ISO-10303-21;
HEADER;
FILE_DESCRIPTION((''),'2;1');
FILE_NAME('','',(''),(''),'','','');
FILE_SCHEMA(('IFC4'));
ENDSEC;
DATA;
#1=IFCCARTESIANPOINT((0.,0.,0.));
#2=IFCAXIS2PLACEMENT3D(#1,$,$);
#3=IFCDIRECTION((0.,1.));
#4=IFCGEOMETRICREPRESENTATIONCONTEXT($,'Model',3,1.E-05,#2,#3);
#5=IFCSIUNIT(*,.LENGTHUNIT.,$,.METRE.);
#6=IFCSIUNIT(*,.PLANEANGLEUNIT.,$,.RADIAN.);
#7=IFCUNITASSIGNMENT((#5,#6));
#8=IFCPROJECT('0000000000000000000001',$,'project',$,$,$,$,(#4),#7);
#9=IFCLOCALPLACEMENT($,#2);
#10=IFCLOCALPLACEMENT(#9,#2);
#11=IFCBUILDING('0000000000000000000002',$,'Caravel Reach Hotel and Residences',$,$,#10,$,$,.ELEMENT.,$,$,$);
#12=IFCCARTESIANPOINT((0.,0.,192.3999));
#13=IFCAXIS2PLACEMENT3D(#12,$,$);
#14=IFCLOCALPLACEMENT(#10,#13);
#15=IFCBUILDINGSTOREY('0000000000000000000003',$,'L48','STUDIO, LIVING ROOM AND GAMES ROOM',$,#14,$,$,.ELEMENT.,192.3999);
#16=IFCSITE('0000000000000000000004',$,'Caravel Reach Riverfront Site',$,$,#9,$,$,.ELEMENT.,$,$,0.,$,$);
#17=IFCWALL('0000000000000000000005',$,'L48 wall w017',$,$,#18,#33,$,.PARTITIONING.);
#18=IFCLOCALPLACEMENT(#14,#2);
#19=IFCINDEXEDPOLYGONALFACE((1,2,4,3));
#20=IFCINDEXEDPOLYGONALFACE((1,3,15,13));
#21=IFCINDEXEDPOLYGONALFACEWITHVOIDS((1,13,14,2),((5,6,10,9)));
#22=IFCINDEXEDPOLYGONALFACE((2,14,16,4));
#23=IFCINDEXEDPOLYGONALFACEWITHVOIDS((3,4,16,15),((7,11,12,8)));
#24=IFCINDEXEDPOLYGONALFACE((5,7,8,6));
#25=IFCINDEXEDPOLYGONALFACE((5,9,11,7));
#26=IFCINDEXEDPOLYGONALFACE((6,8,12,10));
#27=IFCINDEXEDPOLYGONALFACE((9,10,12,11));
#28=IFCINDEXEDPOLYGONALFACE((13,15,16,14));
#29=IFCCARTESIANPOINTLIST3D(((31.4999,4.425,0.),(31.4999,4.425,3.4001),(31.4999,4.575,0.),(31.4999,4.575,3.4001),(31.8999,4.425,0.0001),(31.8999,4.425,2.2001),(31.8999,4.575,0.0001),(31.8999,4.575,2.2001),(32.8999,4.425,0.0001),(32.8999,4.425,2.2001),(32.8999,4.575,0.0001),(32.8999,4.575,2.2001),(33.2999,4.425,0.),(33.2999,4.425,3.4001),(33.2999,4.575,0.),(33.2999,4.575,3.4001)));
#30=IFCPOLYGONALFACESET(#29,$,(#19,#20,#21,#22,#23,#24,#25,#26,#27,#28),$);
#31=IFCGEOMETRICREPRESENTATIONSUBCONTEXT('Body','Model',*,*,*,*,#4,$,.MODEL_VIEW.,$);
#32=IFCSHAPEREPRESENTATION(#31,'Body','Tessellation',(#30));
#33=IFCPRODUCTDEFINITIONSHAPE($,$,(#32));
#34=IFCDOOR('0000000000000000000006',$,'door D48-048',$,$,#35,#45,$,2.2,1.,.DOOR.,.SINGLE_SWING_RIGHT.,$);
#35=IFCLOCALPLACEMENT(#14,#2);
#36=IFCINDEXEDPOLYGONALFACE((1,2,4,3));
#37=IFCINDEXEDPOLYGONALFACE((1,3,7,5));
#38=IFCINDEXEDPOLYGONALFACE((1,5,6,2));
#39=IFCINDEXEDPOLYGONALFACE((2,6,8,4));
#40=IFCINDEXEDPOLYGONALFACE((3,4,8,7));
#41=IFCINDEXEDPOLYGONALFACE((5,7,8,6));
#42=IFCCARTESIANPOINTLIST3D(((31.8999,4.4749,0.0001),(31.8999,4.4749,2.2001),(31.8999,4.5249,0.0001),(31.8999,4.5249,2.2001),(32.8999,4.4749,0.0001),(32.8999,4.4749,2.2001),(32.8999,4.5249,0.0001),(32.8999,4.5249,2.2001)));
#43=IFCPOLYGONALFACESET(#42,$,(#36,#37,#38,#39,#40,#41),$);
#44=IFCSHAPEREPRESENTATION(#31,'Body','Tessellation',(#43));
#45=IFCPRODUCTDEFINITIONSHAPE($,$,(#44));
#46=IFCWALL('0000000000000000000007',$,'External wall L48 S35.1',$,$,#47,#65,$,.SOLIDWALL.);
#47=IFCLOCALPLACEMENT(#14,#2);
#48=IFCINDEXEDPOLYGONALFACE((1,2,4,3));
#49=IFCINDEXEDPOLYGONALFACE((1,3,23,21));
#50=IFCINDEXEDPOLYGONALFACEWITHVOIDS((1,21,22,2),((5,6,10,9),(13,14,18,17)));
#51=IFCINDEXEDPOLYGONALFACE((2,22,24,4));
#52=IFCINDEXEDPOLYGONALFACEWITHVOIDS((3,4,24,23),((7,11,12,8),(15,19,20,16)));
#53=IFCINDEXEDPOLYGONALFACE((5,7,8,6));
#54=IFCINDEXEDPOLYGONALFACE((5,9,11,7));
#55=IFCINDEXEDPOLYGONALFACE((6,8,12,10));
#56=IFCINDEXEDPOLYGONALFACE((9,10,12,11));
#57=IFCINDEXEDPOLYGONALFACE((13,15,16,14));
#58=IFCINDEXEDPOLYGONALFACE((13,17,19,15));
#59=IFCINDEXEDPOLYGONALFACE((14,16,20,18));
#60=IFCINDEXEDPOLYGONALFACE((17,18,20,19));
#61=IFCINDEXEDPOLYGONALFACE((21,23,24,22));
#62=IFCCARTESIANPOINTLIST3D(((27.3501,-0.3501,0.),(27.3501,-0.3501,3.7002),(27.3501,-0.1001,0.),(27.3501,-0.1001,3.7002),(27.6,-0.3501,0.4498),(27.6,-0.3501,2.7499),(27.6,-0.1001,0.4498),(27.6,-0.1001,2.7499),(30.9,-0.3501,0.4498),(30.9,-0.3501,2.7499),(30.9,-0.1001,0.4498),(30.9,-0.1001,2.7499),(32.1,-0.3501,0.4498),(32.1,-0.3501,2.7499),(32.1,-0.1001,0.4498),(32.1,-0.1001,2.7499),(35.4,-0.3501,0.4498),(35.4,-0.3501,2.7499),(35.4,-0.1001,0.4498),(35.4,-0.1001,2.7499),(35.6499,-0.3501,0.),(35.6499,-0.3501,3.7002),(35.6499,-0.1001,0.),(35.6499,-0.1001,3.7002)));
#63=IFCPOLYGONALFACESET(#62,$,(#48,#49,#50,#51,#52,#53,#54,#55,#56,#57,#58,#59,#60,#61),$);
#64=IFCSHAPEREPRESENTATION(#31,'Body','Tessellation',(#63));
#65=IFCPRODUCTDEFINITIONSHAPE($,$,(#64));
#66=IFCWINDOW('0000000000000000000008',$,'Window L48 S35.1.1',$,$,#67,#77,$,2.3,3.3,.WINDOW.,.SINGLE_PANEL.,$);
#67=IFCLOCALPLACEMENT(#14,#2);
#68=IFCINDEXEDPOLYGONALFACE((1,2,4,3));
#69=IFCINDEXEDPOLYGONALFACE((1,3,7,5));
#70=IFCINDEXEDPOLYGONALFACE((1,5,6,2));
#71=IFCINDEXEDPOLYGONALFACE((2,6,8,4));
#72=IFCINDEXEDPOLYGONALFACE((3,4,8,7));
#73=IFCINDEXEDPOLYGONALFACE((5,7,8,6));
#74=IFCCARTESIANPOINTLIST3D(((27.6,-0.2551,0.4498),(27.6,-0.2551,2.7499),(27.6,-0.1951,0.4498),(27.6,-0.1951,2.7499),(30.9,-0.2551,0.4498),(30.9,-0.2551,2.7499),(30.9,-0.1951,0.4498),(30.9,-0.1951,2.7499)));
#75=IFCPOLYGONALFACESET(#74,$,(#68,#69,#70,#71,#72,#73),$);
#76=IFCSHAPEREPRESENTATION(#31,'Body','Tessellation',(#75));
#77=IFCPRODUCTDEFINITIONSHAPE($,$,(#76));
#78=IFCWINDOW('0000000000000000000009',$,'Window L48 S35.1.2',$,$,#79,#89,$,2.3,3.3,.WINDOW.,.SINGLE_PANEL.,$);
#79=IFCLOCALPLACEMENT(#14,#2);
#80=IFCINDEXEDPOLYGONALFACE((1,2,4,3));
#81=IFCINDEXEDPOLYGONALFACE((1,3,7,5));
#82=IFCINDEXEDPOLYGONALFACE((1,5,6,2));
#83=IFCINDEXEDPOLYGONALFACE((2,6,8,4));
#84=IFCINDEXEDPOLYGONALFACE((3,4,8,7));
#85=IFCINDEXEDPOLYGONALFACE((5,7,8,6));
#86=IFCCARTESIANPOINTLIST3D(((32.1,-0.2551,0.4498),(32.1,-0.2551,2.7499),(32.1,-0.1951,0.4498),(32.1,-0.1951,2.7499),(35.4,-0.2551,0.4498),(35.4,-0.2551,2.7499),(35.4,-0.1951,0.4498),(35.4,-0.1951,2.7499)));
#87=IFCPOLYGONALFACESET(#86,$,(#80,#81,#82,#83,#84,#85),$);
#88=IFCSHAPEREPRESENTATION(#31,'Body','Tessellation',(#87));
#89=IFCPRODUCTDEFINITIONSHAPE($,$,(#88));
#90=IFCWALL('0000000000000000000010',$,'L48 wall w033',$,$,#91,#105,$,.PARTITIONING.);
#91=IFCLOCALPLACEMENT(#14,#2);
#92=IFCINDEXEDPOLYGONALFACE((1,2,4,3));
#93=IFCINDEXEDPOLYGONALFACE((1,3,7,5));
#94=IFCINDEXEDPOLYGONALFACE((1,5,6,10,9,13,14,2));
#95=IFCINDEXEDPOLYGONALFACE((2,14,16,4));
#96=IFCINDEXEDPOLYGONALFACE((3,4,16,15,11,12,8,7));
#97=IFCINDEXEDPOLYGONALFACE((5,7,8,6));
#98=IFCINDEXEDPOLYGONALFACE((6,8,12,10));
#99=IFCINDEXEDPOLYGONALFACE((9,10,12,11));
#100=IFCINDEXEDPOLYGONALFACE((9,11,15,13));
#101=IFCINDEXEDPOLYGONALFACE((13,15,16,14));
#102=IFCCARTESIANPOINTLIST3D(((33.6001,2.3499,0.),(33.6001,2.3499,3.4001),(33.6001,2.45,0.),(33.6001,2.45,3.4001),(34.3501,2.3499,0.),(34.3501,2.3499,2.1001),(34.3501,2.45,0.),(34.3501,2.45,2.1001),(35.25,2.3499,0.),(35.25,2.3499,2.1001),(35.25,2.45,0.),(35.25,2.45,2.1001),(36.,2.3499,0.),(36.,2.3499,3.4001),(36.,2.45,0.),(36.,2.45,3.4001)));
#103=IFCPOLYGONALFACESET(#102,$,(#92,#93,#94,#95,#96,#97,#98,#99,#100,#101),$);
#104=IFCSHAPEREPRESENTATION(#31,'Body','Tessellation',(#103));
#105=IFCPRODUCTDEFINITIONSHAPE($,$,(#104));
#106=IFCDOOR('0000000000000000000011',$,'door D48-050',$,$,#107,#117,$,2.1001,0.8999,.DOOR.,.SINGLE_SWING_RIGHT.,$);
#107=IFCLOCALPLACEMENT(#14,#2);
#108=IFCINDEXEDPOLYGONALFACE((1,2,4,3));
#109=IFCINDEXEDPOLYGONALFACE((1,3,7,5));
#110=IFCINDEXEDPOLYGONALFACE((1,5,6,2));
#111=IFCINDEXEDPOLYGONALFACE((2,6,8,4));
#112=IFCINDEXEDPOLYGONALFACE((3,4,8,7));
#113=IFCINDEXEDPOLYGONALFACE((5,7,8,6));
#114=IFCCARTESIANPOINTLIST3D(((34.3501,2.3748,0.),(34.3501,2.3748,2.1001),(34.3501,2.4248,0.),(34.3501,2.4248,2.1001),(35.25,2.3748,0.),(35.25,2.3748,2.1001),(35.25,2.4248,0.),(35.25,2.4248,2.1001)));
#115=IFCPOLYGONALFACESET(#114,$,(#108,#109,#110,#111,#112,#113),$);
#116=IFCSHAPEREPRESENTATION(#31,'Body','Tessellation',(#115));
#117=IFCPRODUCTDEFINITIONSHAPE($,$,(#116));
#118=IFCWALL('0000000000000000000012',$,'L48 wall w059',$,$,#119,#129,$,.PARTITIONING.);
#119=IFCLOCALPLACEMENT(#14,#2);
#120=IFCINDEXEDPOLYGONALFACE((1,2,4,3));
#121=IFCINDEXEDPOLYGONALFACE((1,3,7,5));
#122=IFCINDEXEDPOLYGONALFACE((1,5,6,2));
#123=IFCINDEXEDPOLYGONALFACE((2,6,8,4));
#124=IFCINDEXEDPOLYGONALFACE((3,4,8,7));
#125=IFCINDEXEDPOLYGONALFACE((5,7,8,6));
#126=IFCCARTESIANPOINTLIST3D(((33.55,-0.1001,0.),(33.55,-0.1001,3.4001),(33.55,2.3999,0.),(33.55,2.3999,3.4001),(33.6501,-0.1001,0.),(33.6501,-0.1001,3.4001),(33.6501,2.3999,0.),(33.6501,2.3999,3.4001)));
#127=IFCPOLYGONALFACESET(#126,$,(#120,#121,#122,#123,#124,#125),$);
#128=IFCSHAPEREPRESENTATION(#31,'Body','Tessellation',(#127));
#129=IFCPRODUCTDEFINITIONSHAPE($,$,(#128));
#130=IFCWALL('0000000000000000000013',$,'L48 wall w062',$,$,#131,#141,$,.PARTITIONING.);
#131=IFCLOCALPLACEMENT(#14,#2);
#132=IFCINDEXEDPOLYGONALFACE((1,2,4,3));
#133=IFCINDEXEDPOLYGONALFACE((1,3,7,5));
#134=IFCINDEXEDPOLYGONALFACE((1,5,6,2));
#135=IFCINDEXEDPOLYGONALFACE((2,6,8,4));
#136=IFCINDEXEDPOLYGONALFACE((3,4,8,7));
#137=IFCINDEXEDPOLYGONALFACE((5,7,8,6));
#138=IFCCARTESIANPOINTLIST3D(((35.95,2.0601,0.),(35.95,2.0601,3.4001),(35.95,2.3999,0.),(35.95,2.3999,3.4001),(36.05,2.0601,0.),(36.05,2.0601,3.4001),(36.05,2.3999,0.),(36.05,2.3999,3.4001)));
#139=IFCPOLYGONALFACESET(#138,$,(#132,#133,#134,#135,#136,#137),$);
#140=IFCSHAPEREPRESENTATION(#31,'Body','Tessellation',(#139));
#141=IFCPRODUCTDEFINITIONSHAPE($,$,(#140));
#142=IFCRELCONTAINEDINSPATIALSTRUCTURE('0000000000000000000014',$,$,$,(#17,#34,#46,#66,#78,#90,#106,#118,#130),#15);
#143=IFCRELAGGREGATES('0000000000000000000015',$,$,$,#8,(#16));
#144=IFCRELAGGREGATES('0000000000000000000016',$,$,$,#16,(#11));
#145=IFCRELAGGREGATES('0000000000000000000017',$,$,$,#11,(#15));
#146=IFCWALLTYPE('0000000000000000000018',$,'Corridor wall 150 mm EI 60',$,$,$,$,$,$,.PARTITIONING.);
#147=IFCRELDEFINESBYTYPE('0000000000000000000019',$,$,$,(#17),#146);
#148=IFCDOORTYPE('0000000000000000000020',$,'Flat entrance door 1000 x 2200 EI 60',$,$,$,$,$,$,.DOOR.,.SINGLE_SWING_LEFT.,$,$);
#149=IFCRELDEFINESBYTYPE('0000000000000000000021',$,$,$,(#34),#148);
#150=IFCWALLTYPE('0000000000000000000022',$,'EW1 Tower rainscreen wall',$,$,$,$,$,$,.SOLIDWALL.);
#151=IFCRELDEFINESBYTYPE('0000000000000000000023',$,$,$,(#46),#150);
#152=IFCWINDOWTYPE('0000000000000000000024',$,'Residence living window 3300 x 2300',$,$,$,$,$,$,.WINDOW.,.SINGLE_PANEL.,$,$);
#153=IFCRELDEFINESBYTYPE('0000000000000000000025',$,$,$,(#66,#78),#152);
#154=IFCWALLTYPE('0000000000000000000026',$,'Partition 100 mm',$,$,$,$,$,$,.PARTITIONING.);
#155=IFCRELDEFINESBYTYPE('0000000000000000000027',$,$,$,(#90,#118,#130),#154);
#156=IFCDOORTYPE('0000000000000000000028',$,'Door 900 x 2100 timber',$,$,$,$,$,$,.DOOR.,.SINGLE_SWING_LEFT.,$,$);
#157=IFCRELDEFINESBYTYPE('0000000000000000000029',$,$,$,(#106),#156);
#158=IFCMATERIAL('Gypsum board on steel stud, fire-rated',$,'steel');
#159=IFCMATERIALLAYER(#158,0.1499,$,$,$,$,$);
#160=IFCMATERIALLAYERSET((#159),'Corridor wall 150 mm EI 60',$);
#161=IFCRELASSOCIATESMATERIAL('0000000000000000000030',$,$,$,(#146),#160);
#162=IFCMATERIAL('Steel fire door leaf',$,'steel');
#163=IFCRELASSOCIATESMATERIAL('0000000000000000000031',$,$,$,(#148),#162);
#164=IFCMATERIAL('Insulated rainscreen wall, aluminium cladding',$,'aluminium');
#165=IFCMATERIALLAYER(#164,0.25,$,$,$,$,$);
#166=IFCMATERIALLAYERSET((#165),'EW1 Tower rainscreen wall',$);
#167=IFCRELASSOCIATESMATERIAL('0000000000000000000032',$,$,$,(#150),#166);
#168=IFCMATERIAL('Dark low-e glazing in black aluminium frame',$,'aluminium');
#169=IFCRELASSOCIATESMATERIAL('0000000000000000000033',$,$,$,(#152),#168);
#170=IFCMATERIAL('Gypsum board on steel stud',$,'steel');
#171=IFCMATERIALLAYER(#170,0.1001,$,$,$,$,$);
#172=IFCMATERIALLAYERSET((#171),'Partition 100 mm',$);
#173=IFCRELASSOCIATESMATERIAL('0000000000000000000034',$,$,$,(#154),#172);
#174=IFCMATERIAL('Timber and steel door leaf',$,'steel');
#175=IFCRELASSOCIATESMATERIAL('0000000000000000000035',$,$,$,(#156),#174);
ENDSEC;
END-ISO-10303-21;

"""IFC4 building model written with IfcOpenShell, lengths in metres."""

from ifc_helpers import new_model, si_unit, direction, frame, frame_2d, origin, place, context, subcontext, project, spatial, rectangle, extrude, material, layer, layer_set, type_object, element, fill, save


model = new_model("IFC4")

# Units and contexts
model_context = context("Model", 3, precision=1e-05, world=origin(), true_north=direction((0.0, 1.0)))
body_context = subcontext(model_context, "Body", "Model", "MODEL_VIEW")
ifc_project = project(units=[si_unit("LENGTHUNIT", "METRE"), si_unit("PLANEANGLEUNIT", "RADIAN")], contexts=[model_context])

# Site, building, storey
site_placement = place(None, origin())
site = spatial("IfcSite", under=ifc_project, at=site_placement, Name="Caravel Reach Riverfront Site", CompositionType="ELEMENT", RefElevation=0.0)
building_placement = place(site_placement, origin())
building = spatial("IfcBuilding", under=site, at=building_placement, Name="Caravel Reach Hotel and Residences", CompositionType="ELEMENT")
storey_placement = place(building_placement, frame((0.0, 0.0, 192.3999)))
storey = spatial("IfcBuildingStorey", under=building, at=storey_placement, Name="L48", Description="STUDIO, LIVING ROOM AND GAMES ROOM", CompositionType="ELEMENT", Elevation=192.3999)

# Wall, opening, door
ifc_material_1 = material(Name="Gypsum board on steel stud, fire-rated", Category="steel")
ifc_layer_1 = layer(ifc_material_1, 0.1499)
ifc_layer_set_1 = layer_set([ifc_layer_1], Name="Corridor wall 150 mm EI 60")
wall_type_1 = type_object("IfcWallType", Name="Corridor wall 150 mm EI 60", PredefinedType="PARTITIONING", material=ifc_layer_set_1)
wall_1_placement = place(storey_placement, frame((31.5, 4.5, 0.0), z_axis=(0.0, 0.0, 1.0), x_axis=(1.0, 0.0, 0.0)))
wall_1 = element("IfcWall", 1, at=wall_1_placement, inside=storey, type_object=wall_type_1, Name="L48 wall w017", PredefinedType="PARTITIONING", context=body_context, shape_type="SweptSolid", body=[
    extrude(rectangle(XDim=1.8, YDim=0.1499, at=frame_2d((0.8999, 0.0))), origin(), (0.0, 0.0, 1.0), 3.4001),
])
opening_1_placement = place(wall_1_placement, frame((0.3999, 0.0, 0.0)))
opening_1 = element("IfcOpeningElement", 2, at=opening_1_placement, cuts=wall_1, PredefinedType="OPENING", context=body_context, shape_type="SweptSolid", body=[
    extrude(rectangle(XDim=1.0, YDim=2.2, at=frame_2d((0.5, 1.1001))), frame((0.0, 0.085, 0.0), z_axis=(0.0, -1.0, 0.0), x_axis=(1.0, 0.0, 0.0)), (0.0, 0.0, 1.0), 0.1699),
])
ifc_material_2 = material(Name="Steel fire door leaf", Category="steel")
door_type_1 = type_object("IfcDoorType", Name="Flat entrance door 1000 x 2200 EI 60", OperationType="SINGLE_SWING_LEFT", PredefinedType="DOOR", material=ifc_material_2)
door_1_placement = place(opening_1_placement, origin())
door_1 = element("IfcDoor", 3, at=door_1_placement, inside=storey, type_object=door_type_1, Name="door D48-048", OperationType="SINGLE_SWING_RIGHT", OverallHeight=2.2, OverallWidth=1.0, PredefinedType="DOOR", context=body_context, shape_type="SweptSolid", body=[
    extrude(rectangle(XDim=1.0, YDim=2.2, at=frame_2d((0.5, 1.1001))), frame((0.0, 0.0249, 0.0), z_axis=(0.0, -1.0, 0.0), x_axis=(1.0, 0.0, 0.0)), (0.0, 0.0, 1.0), 0.05),
])
fill(opening_1, door_1)

# Wall, openings, windows
ifc_material_3 = material(Name="Insulated rainscreen wall, aluminium cladding", Category="aluminium")
ifc_layer_2 = layer(ifc_material_3, 0.25)
ifc_layer_set_2 = layer_set([ifc_layer_2], Name="EW1 Tower rainscreen wall")
wall_type_2 = type_object("IfcWallType", Name="EW1 Tower rainscreen wall", PredefinedType="SOLIDWALL", material=ifc_layer_set_2)
wall_2_placement = place(storey_placement, frame((27.3501, -0.2251, 0.0), z_axis=(0.0, 0.0, 1.0), x_axis=(1.0, 0.0, 0.0)))
wall_2 = element("IfcWall", 4, at=wall_2_placement, inside=storey, type_object=wall_type_2, Name="External wall L48 S35.1", PredefinedType="SOLIDWALL", context=body_context, shape_type="SweptSolid", body=[
    extrude(rectangle(XDim=8.2998, YDim=0.25, at=frame_2d((4.1499, 0.0))), origin(), (0.0, 0.0, 1.0), 3.7002),
])
opening_2_placement = place(wall_2_placement, frame((0.25, 0.0, 0.45)))
opening_2 = element("IfcOpeningElement", 5, at=opening_2_placement, cuts=wall_2, PredefinedType="OPENING", context=body_context, shape_type="SweptSolid", body=[
    extrude(rectangle(XDim=3.3, YDim=2.3, at=frame_2d((1.6499, 1.1499))), frame((0.0, 0.135, 0.0), z_axis=(0.0, -1.0, 0.0), x_axis=(1.0, 0.0, 0.0)), (0.0, 0.0, 1.0), 0.27),
])
opening_3_placement = place(wall_2_placement, frame((4.75, 0.0, 0.45)))
opening_3 = element("IfcOpeningElement", 6, at=opening_3_placement, cuts=wall_2, PredefinedType="OPENING", context=body_context, shape_type="SweptSolid", body=[
    extrude(rectangle(XDim=3.3, YDim=2.3, at=frame_2d((1.6499, 1.1499))), frame((0.0, 0.135, 0.0), z_axis=(0.0, -1.0, 0.0), x_axis=(1.0, 0.0, 0.0)), (0.0, 0.0, 1.0), 0.27),
])
ifc_material_4 = material(Name="Dark low-e glazing in black aluminium frame", Category="aluminium")
window_type = type_object("IfcWindowType", Name="Residence living window 3300 x 2300", PartitioningType="SINGLE_PANEL", PredefinedType="WINDOW", material=ifc_material_4)
window_1_placement = place(opening_2_placement, origin())
window_1 = element("IfcWindow", 7, at=window_1_placement, inside=storey, type_object=window_type, Name="Window L48 S35.1.1", OverallHeight=2.3, OverallWidth=3.3, PartitioningType="SINGLE_PANEL", PredefinedType="WINDOW", context=body_context, shape_type="SweptSolid", body=[
    extrude(rectangle(XDim=3.3, YDim=2.3, at=frame_2d((1.6499, 1.1499))), frame((0.0, 0.03, 0.0), z_axis=(0.0, -1.0, 0.0), x_axis=(1.0, 0.0, 0.0)), (0.0, 0.0, 1.0), 0.0601),
])
fill(opening_2, window_1)
window_2_placement = place(opening_3_placement, origin())
window_2 = element("IfcWindow", 8, at=window_2_placement, inside=storey, type_object=window_type, Name="Window L48 S35.1.2", OverallHeight=2.3, OverallWidth=3.3, PartitioningType="SINGLE_PANEL", PredefinedType="WINDOW", context=body_context, shape_type="SweptSolid", body=[
    extrude(rectangle(XDim=3.3, YDim=2.3, at=frame_2d((1.6499, 1.1499))), frame((0.0, 0.03, 0.0), z_axis=(0.0, -1.0, 0.0), x_axis=(1.0, 0.0, 0.0)), (0.0, 0.0, 1.0), 0.0601),
])
fill(opening_3, window_2)

# Wall, opening, door
ifc_material_5 = material(Name="Gypsum board on steel stud", Category="steel")
ifc_layer_3 = layer(ifc_material_5, 0.1001)
ifc_layer_set_3 = layer_set([ifc_layer_3], Name="Partition 100 mm")
wall_type_3 = type_object("IfcWallType", Name="Partition 100 mm", PredefinedType="PARTITIONING", material=ifc_layer_set_3)
wall_3_placement = place(storey_placement, frame((33.6001, 2.3999, 0.0), z_axis=(0.0, 0.0, 1.0), x_axis=(1.0, 0.0, 0.0)))
wall_3 = element("IfcWall", 9, at=wall_3_placement, inside=storey, type_object=wall_type_3, Name="L48 wall w033", PredefinedType="PARTITIONING", context=body_context, shape_type="SweptSolid", body=[
    extrude(rectangle(XDim=2.3999, YDim=0.1001, at=frame_2d((1.2, 0.0))), origin(), (0.0, 0.0, 1.0), 3.4001),
])
opening_4_placement = place(wall_3_placement, frame((0.75, 0.0, 0.0)))
opening_4 = element("IfcOpeningElement", 10, at=opening_4_placement, cuts=wall_3, PredefinedType="OPENING", context=body_context, shape_type="SweptSolid", body=[
    extrude(rectangle(XDim=0.8999, YDim=2.1001, at=frame_2d((0.45, 1.05))), frame((0.0, 0.0601, 0.0), z_axis=(0.0, -1.0, 0.0), x_axis=(1.0, 0.0, 0.0)), (0.0, 0.0, 1.0), 0.1201),
])
ifc_material_6 = material(Name="Timber and steel door leaf", Category="steel")
door_type_2 = type_object("IfcDoorType", Name="Door 900 x 2100 timber", OperationType="SINGLE_SWING_LEFT", PredefinedType="DOOR", material=ifc_material_6)
door_2_placement = place(opening_4_placement, origin())
door_2 = element("IfcDoor", 11, at=door_2_placement, inside=storey, type_object=door_type_2, Name="door D48-050", OperationType="SINGLE_SWING_RIGHT", OverallHeight=2.1001, OverallWidth=0.8999, PredefinedType="DOOR", context=body_context, shape_type="SweptSolid", body=[
    extrude(rectangle(XDim=0.8999, YDim=2.1001, at=frame_2d((0.45, 1.05))), frame((0.0, 0.0249, 0.0), z_axis=(0.0, -1.0, 0.0), x_axis=(1.0, 0.0, 0.0)), (0.0, 0.0, 1.0), 0.05),
])
fill(opening_4, door_2)

# Walls
wall_4_placement = place(storey_placement, frame((33.6001, -0.1001, 0.0), z_axis=(0.0, 0.0, 1.0), x_axis=(0.0, 1.0, 0.0)))
element("IfcWall", 12, at=wall_4_placement, inside=storey, type_object=wall_type_3, Name="L48 wall w059", PredefinedType="PARTITIONING", context=body_context, shape_type="SweptSolid", body=[
    extrude(rectangle(XDim=2.5, YDim=0.1001, at=frame_2d((1.25, 0.0))), origin(), (0.0, 0.0, 1.0), 3.4001),
])
wall_5_placement = place(storey_placement, frame((36.0, 2.0601, 0.0), z_axis=(0.0, 0.0, 1.0), x_axis=(0.0, 1.0, 0.0)))
element("IfcWall", 13, at=wall_5_placement, inside=storey, type_object=wall_type_3, Name="L48 wall w062", PredefinedType="PARTITIONING", context=body_context, shape_type="SweptSolid", body=[
    extrude(rectangle(XDim=0.3398, YDim=0.1001, at=frame_2d((0.1699, 0.0))), origin(), (0.0, 0.0, 1.0), 3.4001),
])

save(model, "model.ifc")
